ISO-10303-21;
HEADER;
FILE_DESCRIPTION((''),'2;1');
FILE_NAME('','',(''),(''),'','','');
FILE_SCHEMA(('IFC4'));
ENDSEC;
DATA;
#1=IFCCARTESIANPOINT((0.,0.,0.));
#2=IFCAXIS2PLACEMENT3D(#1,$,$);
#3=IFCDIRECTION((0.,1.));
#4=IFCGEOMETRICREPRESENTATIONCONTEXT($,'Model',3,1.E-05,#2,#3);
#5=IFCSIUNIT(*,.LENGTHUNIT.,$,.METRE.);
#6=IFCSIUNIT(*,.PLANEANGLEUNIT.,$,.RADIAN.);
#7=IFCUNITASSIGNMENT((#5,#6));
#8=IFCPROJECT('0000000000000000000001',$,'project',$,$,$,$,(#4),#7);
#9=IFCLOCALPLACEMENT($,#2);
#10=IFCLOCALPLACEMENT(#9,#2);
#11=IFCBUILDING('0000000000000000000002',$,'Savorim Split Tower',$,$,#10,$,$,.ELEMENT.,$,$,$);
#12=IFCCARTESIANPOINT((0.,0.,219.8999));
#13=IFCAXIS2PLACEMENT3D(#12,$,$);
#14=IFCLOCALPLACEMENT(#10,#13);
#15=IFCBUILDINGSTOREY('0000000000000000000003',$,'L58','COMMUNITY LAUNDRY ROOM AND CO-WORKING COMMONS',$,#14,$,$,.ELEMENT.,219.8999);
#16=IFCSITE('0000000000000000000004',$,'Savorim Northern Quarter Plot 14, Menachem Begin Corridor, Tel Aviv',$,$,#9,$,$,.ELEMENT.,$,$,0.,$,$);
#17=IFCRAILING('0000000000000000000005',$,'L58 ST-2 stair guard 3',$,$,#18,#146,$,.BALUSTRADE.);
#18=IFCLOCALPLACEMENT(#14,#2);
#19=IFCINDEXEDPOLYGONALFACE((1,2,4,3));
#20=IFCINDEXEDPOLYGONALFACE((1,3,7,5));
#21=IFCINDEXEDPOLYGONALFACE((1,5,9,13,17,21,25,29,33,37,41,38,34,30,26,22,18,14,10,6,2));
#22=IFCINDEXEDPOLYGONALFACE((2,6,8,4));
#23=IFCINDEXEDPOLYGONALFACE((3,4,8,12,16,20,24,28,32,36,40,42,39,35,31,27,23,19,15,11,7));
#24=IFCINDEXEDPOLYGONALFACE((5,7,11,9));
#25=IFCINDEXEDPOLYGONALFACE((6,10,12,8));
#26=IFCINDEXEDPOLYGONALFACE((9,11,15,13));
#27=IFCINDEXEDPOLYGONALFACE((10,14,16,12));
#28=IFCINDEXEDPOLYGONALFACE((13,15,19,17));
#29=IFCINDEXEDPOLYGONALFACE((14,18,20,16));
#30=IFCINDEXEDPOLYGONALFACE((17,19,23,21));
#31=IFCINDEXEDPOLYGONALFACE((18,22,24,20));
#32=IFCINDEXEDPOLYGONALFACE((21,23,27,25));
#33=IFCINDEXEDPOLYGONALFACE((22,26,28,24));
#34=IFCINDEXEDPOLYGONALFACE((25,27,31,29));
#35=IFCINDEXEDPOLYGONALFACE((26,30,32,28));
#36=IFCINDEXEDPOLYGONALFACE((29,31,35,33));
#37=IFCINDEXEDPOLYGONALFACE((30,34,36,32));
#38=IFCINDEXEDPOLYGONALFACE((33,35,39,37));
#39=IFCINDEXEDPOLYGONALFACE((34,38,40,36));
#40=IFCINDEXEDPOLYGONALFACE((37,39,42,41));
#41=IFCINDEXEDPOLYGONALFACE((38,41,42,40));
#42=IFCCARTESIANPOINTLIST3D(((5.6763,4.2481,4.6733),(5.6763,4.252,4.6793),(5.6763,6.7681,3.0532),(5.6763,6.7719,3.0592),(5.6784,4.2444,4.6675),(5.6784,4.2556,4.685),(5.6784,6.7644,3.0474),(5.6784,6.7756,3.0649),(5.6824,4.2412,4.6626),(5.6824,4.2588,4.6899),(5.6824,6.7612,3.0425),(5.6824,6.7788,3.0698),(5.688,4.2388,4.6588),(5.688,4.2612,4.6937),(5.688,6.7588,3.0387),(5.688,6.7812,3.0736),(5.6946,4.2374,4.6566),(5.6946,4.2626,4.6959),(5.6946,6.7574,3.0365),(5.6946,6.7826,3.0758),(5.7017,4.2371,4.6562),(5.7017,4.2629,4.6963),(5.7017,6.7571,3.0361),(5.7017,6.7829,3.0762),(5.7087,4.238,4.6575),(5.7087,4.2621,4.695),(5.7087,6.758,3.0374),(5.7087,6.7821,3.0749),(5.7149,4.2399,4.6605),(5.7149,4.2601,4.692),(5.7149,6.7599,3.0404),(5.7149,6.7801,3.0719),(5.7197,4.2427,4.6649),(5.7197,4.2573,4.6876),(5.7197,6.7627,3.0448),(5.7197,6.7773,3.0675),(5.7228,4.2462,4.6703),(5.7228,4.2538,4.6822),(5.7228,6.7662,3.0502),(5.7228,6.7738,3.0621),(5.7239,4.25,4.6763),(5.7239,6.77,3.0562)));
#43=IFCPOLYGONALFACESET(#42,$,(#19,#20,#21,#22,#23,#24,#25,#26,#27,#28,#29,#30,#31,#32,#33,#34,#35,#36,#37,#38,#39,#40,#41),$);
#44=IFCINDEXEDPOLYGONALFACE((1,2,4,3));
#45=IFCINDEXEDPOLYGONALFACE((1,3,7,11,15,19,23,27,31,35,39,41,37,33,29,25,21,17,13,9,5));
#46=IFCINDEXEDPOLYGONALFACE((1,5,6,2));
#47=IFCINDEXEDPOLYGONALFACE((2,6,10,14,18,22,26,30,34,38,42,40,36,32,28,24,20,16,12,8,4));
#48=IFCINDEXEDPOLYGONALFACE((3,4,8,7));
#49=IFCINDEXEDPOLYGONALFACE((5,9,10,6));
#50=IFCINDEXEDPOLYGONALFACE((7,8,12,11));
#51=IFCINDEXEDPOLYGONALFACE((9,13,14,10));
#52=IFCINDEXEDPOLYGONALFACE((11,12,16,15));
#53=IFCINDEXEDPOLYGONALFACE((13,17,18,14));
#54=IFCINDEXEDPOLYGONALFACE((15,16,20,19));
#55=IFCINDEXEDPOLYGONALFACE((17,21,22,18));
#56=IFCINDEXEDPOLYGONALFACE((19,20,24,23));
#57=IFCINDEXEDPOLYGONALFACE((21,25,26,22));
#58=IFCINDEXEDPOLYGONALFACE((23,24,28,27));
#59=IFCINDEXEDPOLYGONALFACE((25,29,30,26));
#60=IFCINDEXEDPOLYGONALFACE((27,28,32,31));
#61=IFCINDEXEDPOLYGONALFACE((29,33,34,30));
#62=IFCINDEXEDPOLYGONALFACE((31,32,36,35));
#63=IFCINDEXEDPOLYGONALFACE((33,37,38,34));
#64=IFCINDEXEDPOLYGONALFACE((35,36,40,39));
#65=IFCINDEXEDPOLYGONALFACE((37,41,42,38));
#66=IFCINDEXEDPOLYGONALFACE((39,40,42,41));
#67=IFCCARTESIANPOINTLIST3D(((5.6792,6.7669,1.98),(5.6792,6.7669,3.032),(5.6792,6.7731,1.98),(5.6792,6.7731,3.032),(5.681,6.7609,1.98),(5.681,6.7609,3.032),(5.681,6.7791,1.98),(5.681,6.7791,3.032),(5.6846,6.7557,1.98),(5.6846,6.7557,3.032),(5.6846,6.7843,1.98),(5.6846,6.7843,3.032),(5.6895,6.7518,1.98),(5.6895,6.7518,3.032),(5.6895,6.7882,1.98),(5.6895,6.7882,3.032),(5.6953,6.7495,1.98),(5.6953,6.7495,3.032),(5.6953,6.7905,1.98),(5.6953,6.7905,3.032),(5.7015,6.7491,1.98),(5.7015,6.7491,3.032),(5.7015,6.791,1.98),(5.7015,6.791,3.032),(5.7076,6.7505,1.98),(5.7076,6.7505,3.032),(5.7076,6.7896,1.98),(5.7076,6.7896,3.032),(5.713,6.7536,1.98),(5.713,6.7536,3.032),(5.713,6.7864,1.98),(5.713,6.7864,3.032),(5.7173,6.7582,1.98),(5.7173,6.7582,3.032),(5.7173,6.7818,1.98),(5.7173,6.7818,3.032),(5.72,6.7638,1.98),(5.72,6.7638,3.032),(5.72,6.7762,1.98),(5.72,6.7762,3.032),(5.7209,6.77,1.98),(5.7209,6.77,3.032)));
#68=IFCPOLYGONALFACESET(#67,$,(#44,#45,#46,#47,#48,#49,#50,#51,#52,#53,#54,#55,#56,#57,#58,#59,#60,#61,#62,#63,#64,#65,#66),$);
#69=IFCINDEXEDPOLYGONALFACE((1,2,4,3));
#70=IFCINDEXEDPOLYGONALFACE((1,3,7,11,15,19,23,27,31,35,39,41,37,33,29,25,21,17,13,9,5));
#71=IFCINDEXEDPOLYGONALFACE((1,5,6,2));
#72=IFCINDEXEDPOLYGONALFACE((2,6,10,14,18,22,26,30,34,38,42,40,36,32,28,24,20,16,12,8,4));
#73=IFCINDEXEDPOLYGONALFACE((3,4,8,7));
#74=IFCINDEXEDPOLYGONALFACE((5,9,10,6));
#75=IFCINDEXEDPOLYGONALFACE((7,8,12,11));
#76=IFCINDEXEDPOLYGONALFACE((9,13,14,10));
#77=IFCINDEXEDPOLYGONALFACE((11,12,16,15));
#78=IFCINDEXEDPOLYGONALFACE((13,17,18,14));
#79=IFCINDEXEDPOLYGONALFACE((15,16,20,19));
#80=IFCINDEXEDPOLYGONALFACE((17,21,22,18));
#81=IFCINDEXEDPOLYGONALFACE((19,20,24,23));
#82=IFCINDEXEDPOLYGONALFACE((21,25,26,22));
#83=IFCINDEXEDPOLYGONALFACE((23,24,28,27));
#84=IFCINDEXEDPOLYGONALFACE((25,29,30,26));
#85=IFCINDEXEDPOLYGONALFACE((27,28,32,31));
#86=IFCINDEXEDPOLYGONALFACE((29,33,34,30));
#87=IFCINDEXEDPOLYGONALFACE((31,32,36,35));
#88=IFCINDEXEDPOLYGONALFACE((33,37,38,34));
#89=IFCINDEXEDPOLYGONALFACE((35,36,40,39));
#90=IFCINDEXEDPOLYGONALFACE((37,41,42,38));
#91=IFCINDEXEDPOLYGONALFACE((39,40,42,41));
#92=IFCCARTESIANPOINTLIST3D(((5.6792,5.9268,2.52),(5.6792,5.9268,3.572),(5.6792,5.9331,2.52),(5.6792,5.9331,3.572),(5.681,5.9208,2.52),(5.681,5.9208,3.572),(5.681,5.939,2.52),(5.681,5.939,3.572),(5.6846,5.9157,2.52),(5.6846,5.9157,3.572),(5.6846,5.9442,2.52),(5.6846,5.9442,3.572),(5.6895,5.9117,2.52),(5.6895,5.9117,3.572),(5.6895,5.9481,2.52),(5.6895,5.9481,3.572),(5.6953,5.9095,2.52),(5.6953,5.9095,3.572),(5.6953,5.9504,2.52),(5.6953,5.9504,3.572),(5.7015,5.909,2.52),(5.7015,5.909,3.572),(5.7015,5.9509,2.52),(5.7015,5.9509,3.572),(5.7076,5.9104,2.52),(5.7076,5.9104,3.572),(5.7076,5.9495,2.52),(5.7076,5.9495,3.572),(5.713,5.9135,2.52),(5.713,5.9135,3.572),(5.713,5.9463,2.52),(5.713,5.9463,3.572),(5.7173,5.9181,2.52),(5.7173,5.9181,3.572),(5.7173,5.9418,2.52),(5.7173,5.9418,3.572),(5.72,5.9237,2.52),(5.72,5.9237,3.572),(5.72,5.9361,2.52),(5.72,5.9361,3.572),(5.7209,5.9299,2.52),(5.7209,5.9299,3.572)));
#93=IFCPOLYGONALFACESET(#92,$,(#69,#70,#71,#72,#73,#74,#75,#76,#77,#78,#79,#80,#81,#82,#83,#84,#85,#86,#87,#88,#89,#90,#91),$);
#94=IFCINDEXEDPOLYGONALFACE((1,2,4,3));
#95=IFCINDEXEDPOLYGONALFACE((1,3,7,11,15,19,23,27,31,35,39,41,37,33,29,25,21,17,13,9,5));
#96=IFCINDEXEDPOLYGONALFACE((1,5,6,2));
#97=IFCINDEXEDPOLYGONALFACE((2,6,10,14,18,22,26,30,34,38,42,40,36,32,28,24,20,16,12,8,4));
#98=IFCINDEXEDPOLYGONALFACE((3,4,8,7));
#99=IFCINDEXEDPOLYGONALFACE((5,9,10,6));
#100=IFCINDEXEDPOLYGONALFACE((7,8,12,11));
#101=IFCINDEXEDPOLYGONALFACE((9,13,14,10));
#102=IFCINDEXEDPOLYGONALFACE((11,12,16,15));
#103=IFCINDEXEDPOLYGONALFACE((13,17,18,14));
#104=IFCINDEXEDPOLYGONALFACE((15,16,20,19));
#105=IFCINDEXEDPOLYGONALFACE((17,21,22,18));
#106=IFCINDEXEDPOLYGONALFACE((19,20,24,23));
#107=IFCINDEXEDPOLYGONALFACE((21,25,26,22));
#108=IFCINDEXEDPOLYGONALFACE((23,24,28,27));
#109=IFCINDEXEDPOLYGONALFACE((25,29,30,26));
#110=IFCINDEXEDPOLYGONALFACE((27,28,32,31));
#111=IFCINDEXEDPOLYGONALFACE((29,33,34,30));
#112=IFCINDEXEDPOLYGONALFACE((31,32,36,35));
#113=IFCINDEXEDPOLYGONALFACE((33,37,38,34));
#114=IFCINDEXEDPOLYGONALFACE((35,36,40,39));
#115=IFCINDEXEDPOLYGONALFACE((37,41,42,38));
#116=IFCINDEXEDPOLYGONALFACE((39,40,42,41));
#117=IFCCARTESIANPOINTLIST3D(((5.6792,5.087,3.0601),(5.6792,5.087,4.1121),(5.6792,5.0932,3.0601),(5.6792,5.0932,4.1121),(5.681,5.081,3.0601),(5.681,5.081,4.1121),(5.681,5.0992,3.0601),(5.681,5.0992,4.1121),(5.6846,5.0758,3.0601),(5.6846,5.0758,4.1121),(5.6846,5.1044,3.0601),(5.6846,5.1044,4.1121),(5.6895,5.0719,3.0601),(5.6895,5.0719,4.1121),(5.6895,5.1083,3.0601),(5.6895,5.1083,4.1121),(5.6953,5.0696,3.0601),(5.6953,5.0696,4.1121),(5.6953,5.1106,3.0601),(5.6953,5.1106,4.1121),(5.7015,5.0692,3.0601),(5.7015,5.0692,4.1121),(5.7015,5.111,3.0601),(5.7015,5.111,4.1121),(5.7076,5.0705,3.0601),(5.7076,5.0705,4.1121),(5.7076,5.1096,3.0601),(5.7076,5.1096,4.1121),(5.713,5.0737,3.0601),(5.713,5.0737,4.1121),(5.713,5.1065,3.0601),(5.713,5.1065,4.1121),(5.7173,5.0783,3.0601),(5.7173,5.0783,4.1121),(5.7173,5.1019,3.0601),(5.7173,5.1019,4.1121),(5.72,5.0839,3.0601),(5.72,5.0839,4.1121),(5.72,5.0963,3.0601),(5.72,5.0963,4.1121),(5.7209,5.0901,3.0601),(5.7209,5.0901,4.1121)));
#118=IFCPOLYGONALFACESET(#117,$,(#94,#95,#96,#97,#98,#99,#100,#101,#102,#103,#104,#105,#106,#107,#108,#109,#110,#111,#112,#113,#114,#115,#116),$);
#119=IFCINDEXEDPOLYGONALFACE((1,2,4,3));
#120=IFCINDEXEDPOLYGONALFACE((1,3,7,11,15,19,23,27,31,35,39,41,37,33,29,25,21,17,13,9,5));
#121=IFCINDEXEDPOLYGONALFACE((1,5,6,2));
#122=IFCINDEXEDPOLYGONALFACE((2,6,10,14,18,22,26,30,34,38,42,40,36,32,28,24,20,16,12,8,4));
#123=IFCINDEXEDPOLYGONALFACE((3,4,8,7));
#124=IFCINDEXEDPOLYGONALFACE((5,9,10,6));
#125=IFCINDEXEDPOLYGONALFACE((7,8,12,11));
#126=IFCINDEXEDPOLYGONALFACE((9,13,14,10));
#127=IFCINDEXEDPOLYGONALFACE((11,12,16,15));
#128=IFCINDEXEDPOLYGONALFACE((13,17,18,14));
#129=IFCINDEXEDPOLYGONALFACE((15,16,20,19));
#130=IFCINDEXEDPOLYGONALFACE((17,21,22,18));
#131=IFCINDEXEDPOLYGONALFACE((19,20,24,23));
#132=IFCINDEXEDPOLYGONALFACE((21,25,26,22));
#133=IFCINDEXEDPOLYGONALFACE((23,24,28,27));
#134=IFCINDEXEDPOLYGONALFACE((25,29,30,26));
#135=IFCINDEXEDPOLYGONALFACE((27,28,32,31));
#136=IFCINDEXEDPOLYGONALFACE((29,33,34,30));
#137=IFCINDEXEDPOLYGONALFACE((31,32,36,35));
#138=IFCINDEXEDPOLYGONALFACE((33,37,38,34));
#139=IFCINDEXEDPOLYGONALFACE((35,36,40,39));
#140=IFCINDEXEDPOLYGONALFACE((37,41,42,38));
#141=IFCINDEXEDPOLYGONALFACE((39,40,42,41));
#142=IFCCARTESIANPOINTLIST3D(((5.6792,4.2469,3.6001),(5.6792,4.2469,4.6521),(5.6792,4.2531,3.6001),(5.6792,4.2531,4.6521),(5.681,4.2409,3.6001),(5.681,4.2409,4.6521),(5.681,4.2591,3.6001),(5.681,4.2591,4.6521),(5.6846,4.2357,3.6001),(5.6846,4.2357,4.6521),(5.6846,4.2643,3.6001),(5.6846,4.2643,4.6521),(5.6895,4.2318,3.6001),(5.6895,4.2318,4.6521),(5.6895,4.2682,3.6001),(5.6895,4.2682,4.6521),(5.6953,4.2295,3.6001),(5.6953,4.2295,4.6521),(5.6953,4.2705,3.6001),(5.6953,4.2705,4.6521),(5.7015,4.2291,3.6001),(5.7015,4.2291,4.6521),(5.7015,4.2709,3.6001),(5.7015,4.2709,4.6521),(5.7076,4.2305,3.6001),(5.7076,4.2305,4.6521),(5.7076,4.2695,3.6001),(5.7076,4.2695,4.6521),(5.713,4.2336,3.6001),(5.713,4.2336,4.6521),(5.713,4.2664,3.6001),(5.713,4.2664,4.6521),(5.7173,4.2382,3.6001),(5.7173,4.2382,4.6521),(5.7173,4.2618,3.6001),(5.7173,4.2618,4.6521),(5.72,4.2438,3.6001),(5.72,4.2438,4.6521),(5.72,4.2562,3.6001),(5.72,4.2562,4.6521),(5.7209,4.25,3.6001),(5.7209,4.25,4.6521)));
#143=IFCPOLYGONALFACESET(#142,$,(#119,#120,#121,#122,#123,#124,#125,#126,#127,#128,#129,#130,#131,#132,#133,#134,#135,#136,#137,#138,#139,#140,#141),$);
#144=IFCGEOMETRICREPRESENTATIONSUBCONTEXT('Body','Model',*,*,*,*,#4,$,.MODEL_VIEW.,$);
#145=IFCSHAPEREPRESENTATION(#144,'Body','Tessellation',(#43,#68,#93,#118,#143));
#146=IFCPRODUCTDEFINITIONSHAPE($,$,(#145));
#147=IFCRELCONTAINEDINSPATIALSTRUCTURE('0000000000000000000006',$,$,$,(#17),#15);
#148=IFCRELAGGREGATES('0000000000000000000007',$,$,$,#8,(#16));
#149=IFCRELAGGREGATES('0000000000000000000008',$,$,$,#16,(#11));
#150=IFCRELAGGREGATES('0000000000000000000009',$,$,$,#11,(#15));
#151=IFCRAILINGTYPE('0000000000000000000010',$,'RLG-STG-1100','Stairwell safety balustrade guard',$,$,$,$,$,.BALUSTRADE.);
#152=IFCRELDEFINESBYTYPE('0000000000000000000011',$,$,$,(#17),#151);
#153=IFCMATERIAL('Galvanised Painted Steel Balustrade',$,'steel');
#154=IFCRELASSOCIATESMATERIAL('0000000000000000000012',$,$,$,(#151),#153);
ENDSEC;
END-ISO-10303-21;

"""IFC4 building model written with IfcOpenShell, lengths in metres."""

from ifc_helpers import new_model, si_unit, direction, frame, origin, origin_2d, place, context, subcontext, project, spatial, circle, extrude, material, type_object, element, save


model = new_model("IFC4")

# Units and contexts
model_context = context("Model", 3, precision=1e-05, world=origin(), true_north=direction((0.0, 1.0)))
body_context = subcontext(model_context, "Body", "Model", "MODEL_VIEW")
ifc_project = project(units=[si_unit("LENGTHUNIT", "METRE"), si_unit("PLANEANGLEUNIT", "RADIAN")], contexts=[model_context])

# Site, building, storey
site_placement = place(None, origin())
site = spatial("IfcSite", under=ifc_project, at=site_placement, Name="Savorim Northern Quarter Plot 14, Menachem Begin Corridor, Tel Aviv", CompositionType="ELEMENT", RefElevation=0.0)
building_placement = place(site_placement, origin())
building = spatial("IfcBuilding", under=site, at=building_placement, Name="Savorim Split Tower", CompositionType="ELEMENT")
storey_placement = place(building_placement, frame((0.0, 0.0, 219.8999)))
storey = spatial("IfcBuildingStorey", under=building, at=storey_placement, Name="L58", Description="COMMUNITY LAUNDRY ROOM AND CO-WORKING COMMONS", CompositionType="ELEMENT", Elevation=219.8999)

# Railing
ifc_material_1 = material(Name="Galvanised Painted Steel Balustrade", Category="steel")
railing_type_1 = type_object("IfcRailingType", Name="RLG-STG-1100", Description="Stairwell safety balustrade guard", PredefinedType="BALUSTRADE", material=ifc_material_1)
railing_1_placement = place(storey_placement, frame((5.7, 6.77, 1.98)))
element("IfcRailing", 1, at=railing_1_placement, inside=storey, type_object=railing_type_1, Name="L58 ST-2 stair guard 3", PredefinedType="BALUSTRADE", context=body_context, shape_type="SweptSolid", body=[
    extrude(circle(Radius=0.0239, at=origin_2d()), frame((0.0, 0.0, 1.0762), z_axis=(0.0, -0.841163, 0.540782), x_axis=(1.0, 0.0, 0.0)), (0.0, 0.0, 1.0), 2.9958),
    extrude(circle(Radius=0.021, at=origin_2d()), origin(), (0.0, 0.0, 1.0), 1.052),
    extrude(circle(Radius=0.021, at=origin_2d()), frame((0.0, -0.8401, 0.54)), (0.0, 0.0, 1.0), 1.052),
    extrude(circle(Radius=0.021, at=origin_2d()), frame((0.0, -1.6799, 1.0801)), (0.0, 0.0, 1.0), 1.052),
    extrude(circle(Radius=0.021, at=origin_2d()), frame((0.0, -2.52, 1.6201)), (0.0, 0.0, 1.0), 1.052),
])

save(model, "model.ifc")
